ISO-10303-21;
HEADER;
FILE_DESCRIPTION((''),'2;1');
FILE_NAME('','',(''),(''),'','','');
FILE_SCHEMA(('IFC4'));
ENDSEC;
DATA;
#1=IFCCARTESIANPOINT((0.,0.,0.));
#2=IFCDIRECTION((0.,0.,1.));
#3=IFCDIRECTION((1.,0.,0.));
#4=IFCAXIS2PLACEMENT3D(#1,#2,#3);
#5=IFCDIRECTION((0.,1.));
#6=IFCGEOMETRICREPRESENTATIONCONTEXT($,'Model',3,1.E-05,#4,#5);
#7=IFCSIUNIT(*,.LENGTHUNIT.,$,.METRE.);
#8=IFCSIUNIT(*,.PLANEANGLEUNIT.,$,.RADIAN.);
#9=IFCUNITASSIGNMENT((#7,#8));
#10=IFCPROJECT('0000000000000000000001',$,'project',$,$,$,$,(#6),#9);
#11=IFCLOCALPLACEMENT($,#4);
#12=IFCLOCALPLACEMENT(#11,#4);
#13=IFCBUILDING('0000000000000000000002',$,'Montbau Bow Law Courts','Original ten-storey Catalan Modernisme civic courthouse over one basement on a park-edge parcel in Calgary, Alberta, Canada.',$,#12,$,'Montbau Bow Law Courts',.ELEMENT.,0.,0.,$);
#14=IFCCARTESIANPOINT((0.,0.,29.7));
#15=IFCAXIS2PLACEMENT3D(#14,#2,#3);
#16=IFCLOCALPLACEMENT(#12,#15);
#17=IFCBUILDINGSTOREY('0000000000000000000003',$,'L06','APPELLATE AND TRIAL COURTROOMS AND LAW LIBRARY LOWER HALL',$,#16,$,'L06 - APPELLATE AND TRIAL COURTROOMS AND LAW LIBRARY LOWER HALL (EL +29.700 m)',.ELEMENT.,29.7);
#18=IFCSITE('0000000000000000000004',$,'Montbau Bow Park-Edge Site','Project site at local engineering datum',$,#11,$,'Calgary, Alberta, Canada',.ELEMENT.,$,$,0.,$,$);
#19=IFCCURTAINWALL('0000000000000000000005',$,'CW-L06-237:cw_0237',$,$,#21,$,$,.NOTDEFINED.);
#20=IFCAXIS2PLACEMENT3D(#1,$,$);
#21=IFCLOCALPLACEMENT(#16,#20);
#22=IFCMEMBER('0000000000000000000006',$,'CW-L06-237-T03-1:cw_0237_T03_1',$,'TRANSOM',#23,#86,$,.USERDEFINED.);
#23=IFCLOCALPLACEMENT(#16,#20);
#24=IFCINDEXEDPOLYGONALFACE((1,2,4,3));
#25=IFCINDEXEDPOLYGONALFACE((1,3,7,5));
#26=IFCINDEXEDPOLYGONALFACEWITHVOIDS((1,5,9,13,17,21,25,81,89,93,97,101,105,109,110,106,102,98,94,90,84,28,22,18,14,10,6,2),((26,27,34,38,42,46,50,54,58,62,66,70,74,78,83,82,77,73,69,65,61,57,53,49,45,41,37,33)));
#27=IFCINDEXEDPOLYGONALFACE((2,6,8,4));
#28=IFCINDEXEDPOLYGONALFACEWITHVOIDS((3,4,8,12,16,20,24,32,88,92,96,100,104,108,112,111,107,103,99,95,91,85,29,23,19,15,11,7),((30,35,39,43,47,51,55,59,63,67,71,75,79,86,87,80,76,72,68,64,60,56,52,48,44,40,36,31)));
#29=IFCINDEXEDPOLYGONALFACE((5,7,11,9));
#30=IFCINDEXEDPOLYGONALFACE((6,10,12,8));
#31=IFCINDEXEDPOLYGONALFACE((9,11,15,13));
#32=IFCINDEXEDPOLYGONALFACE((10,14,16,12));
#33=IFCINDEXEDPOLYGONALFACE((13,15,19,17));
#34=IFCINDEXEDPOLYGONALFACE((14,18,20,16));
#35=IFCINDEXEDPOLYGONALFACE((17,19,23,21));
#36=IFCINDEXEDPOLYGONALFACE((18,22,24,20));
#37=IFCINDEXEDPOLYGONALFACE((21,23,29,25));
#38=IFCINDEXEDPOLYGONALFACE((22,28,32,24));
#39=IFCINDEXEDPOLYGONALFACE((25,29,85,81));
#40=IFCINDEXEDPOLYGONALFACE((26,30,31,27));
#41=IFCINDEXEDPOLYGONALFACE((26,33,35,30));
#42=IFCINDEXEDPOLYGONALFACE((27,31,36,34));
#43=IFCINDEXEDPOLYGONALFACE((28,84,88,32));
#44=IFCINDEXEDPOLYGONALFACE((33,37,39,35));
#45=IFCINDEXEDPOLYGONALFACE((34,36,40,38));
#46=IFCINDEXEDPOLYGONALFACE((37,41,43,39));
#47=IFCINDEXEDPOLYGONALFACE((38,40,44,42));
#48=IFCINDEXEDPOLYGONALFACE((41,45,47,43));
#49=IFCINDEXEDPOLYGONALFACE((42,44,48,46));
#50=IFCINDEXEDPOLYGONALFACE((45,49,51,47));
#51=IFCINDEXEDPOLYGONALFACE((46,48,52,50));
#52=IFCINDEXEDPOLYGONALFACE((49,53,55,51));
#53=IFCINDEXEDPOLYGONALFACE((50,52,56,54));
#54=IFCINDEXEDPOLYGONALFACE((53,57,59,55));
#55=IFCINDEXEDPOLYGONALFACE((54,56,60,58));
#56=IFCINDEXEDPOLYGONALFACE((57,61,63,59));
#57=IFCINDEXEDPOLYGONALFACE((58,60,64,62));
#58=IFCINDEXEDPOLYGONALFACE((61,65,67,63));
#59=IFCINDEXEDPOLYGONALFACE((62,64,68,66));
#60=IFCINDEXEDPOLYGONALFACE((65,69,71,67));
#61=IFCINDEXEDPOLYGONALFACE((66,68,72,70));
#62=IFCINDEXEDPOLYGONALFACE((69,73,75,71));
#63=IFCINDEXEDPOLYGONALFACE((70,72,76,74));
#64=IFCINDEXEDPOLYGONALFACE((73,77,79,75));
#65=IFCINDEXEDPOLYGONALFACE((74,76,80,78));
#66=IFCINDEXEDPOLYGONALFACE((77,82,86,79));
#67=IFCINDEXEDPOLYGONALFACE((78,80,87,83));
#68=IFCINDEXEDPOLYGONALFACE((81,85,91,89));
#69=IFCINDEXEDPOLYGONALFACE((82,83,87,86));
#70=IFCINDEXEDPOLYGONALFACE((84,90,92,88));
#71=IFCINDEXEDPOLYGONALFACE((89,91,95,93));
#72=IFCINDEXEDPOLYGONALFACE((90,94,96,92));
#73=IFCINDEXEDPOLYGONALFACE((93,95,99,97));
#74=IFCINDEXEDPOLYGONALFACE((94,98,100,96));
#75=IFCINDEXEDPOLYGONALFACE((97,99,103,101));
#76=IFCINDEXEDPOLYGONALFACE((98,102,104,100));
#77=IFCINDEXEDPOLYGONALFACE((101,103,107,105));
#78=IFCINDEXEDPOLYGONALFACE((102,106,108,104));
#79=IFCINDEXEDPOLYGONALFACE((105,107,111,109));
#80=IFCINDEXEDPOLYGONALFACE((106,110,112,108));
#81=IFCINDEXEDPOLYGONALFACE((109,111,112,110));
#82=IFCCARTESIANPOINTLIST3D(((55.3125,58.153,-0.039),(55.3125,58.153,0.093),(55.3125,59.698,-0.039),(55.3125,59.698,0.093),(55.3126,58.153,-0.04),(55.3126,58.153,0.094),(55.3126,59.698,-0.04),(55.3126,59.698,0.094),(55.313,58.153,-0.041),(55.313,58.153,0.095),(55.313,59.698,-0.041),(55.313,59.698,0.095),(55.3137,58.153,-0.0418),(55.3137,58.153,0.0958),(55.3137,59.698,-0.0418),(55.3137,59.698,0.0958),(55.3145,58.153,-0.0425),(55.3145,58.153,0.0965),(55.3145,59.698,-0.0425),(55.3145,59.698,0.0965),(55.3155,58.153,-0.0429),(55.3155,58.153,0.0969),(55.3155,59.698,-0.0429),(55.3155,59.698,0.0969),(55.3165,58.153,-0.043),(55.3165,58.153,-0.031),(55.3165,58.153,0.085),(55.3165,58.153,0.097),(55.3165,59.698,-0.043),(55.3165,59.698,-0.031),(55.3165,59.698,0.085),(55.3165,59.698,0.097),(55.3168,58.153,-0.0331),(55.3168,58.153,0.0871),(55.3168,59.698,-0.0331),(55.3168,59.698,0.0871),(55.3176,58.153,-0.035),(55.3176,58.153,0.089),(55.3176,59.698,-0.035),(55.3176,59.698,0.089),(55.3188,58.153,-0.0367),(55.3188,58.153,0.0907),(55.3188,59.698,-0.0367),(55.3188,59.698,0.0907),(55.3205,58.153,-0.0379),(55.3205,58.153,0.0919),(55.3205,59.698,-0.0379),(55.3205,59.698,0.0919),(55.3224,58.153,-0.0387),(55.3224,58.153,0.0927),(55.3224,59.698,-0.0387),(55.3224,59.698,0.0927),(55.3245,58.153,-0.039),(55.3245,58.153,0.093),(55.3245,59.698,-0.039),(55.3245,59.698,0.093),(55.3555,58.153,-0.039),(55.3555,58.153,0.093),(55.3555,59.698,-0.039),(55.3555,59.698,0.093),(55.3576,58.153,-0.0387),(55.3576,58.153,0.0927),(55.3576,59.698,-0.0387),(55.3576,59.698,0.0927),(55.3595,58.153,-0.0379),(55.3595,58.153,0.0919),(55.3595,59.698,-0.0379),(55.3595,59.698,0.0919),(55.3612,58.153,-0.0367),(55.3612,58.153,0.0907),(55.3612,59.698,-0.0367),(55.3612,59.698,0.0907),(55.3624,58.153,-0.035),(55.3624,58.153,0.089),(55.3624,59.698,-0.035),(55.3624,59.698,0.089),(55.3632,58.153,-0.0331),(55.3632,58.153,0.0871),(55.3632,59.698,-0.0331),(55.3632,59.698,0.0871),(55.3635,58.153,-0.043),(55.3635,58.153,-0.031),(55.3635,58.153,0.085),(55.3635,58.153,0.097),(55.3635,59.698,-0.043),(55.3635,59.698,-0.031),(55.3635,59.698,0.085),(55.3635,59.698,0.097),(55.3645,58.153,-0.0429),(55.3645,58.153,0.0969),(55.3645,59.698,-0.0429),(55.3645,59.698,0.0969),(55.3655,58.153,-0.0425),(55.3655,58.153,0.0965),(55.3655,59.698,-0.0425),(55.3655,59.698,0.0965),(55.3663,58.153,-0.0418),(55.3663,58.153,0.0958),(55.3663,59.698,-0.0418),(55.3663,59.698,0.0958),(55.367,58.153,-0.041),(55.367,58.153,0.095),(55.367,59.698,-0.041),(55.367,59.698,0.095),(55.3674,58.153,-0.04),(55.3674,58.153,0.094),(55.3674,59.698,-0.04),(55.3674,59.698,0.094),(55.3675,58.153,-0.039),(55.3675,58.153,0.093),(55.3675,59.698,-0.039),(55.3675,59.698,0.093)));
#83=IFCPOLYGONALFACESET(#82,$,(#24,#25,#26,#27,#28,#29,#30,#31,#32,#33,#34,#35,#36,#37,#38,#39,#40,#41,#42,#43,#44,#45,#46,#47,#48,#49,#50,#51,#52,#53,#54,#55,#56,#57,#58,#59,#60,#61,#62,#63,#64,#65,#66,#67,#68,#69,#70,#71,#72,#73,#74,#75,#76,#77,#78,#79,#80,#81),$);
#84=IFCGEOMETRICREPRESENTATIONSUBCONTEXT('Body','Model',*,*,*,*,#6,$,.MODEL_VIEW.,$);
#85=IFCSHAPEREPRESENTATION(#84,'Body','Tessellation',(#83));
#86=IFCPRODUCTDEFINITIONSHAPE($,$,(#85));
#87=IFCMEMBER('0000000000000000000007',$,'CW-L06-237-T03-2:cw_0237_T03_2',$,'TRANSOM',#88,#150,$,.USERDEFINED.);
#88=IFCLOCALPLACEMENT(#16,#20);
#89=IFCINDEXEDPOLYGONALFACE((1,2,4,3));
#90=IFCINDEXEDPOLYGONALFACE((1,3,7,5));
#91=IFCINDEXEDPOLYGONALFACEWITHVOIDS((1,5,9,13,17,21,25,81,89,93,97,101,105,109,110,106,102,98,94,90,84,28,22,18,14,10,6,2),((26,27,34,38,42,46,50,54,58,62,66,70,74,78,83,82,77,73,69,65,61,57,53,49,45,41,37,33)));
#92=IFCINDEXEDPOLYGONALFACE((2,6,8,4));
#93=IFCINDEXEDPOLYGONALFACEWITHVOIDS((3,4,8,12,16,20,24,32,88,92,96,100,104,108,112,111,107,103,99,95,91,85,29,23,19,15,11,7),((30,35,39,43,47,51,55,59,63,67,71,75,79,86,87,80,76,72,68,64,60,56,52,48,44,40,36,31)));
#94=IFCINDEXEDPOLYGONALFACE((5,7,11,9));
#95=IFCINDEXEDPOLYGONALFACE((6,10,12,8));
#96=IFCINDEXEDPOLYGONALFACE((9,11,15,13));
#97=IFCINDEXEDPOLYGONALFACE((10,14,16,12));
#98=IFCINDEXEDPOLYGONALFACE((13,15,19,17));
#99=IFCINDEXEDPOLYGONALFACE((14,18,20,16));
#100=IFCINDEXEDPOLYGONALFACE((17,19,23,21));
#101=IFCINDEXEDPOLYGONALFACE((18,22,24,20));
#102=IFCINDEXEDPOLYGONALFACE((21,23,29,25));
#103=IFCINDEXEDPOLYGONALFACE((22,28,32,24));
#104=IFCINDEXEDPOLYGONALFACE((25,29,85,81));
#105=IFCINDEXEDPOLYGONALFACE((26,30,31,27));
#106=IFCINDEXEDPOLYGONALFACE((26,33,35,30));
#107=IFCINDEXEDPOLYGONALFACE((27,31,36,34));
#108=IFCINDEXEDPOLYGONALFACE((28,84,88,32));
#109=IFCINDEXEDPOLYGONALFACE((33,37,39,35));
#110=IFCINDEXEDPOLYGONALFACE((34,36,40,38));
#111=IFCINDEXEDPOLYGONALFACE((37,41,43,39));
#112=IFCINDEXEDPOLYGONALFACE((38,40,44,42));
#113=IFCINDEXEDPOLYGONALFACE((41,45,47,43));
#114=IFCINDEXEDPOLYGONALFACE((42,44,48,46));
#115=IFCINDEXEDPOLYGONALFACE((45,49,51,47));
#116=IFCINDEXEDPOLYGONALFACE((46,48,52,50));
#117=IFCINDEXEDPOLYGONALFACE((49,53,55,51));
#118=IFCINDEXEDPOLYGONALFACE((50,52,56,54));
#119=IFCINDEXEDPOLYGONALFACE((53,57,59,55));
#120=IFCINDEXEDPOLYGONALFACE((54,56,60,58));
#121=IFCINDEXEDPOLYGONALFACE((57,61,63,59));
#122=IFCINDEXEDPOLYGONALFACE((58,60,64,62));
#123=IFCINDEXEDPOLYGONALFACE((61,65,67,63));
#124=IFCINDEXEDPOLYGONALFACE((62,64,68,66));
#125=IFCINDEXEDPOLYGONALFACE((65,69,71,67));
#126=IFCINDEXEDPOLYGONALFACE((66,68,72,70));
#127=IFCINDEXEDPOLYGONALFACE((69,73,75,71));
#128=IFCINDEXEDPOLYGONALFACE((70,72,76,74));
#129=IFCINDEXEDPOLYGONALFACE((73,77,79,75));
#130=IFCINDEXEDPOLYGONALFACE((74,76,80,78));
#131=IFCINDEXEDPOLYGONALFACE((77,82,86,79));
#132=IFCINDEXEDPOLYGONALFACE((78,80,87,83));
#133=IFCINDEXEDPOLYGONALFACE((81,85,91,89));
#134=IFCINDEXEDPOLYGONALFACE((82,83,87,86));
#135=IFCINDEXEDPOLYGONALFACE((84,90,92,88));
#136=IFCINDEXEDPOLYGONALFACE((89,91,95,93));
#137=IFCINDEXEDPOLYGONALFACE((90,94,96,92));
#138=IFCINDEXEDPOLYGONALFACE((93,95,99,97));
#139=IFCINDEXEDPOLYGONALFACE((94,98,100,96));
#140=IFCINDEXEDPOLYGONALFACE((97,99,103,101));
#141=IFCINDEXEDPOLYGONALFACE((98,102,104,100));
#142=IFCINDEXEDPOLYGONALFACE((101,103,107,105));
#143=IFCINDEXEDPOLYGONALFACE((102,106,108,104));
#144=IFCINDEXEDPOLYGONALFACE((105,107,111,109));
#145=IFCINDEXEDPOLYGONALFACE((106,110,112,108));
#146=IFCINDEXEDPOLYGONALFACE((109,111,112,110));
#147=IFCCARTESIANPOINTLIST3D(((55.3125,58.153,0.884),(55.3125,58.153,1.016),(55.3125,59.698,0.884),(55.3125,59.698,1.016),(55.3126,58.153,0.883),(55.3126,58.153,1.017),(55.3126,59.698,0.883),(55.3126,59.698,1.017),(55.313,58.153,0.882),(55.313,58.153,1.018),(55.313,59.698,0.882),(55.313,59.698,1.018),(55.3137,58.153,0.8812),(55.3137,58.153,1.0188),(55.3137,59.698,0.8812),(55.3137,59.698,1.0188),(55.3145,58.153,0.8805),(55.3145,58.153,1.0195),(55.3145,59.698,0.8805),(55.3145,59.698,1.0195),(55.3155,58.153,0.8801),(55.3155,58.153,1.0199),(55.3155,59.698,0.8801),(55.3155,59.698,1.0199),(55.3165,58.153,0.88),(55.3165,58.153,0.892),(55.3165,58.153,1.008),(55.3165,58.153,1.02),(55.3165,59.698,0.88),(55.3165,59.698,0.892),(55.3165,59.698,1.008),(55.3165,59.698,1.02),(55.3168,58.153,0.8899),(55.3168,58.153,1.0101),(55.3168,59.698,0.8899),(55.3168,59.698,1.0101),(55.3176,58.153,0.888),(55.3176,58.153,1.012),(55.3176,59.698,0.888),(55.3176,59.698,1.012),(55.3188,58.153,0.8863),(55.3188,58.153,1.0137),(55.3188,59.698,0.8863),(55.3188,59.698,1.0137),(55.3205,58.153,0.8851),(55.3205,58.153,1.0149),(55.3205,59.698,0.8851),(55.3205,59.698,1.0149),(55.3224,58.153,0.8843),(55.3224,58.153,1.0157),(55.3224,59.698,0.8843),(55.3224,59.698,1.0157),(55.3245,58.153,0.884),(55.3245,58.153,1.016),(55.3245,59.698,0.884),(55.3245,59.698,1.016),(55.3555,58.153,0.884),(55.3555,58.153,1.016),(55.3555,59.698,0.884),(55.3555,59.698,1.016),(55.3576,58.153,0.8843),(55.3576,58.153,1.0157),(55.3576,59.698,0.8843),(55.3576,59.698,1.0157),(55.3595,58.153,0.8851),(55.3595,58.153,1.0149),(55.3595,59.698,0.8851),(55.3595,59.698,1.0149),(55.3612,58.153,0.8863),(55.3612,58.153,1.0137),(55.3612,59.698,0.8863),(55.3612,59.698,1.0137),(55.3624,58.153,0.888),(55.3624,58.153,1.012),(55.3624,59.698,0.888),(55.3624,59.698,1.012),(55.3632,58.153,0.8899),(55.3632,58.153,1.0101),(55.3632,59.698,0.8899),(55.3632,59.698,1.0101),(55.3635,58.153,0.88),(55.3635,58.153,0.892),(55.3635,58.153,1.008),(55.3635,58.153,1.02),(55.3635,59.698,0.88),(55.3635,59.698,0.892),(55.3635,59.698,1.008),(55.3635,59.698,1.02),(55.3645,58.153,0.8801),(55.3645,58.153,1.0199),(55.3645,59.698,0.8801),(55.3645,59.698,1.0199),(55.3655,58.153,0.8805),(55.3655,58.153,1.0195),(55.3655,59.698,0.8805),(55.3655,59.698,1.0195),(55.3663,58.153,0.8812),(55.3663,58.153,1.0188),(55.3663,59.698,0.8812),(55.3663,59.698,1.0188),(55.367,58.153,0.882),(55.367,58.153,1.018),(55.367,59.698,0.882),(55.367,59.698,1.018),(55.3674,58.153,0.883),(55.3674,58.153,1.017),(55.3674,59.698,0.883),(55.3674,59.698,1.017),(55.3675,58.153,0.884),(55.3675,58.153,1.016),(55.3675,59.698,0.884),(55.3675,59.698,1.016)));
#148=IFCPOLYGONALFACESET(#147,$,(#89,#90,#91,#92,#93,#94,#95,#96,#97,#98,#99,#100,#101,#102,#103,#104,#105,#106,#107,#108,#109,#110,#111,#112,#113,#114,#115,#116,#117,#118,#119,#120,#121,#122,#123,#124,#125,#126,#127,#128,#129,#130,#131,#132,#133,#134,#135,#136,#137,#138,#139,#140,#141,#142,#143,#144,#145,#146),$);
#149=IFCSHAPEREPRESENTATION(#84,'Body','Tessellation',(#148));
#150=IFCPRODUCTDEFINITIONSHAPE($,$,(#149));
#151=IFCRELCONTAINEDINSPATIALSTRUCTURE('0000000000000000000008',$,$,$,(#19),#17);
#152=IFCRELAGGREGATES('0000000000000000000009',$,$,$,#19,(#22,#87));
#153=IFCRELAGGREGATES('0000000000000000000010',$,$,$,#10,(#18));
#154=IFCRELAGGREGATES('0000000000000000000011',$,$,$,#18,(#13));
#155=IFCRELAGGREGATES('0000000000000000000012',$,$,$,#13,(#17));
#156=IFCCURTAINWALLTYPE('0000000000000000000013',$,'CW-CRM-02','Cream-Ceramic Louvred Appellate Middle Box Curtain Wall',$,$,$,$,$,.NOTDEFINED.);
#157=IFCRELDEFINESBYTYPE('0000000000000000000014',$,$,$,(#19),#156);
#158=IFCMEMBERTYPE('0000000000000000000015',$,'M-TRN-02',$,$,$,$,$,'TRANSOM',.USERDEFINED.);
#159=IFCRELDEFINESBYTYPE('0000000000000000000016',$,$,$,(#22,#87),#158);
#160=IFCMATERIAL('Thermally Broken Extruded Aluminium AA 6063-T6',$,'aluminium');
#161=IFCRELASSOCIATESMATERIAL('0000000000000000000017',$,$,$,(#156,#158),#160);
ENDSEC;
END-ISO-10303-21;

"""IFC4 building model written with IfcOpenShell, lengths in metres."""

from ifc_helpers import new_model, si_unit, direction, frame, origin_with_axes, origin_2d_with_axis, place, context, subcontext, project, spatial, hollow_rectangle, extrude, material, material_profile, profile_set, type_object, element, aggregate, save


model = new_model("IFC4")

# Units and contexts
model_context = context("Model", 3, precision=1e-05, world=origin_with_axes(), true_north=direction((0.0, 1.0)))
body_context = subcontext(model_context, "Body", "Model", "MODEL_VIEW")
ifc_project = project(units=[si_unit("LENGTHUNIT", "METRE"), si_unit("PLANEANGLEUNIT", "RADIAN")], contexts=[model_context])

# Site, building, storey
site_placement = place(None, origin_with_axes())
site = spatial("IfcSite", under=ifc_project, at=site_placement, Name="Montbau Bow Park-Edge Site", Description="Project site at local engineering datum", LongName="Calgary, Alberta, Canada", CompositionType="ELEMENT", RefElevation=0.0)
building_placement = place(site_placement, origin_with_axes())
building = spatial("IfcBuilding", under=site, at=building_placement, Name="Montbau Bow Law Courts", Description="Original ten-storey Catalan Modernisme civic courthouse over one basement on a park-edge parcel in Calgary, Alberta, Canada.", LongName="Montbau Bow Law Courts", CompositionType="ELEMENT", ElevationOfRefHeight=0.0, ElevationOfTerrain=0.0)
storey_placement = place(building_placement, frame((0.0, 0.0, 29.7), z_axis=(0.0, 0.0, 1.0), x_axis=(1.0, 0.0, 0.0)))
storey = spatial("IfcBuildingStorey", under=building, at=storey_placement, Name="L06", Description="APPELLATE AND TRIAL COURTROOMS AND LAW LIBRARY LOWER HALL", LongName="L06 - APPELLATE AND TRIAL COURTROOMS AND LAW LIBRARY LOWER HALL (EL +29.700 m)", CompositionType="ELEMENT", Elevation=29.7)

# Curtain wall
ifc_material_1 = material(Name="Thermally Broken Extruded Aluminium AA 6063-T6", Category="aluminium")
curtain_wall_type = type_object("IfcCurtainWallType", Name="CW-CRM-02", Description="Cream-Ceramic Louvred Appellate Middle Box Curtain Wall", PredefinedType="NOTDEFINED", material=ifc_material_1)
curtain_wall_1_placement = place(None, frame((55.34, 54.868, 29.7), z_axis=(0.0, 0.0, 1.0), x_axis=(1.0, 0.0, 0.0)))
curtain_wall_1 = element("IfcCurtainWall", 1, at=curtain_wall_1_placement, inside=storey, type_object=curtain_wall_type, Name="CW-L06-237:cw_0237", PredefinedType="NOTDEFINED")

# Members
ifc_material_profile_1 = material_profile(ifc_material_1, hollow_rectangle(XDim=0.055, YDim=0.14, WallThickness=0.004, InnerFilletRadius=0.008, OuterFilletRadius=0.004, at=origin_2d_with_axis()), Name="CWT-140X55", Category="Main", Priority=0)
ifc_profile_set_1 = profile_set([ifc_material_profile_1], Name="Thermally Broken Extruded Aluminium AA 6063-T6")
member_type_1 = type_object("IfcMemberType", Name="M-TRN-02", ElementType="TRANSOM", PredefinedType="USERDEFINED", material=ifc_profile_set_1)
member_1_placement = place(None, frame((55.34, 58.153, 29.727), z_axis=(0.0, 1.0, 0.0), x_axis=(-1.0, 0.0, 0.0)))
member_1 = element("IfcMember", 2, at=member_1_placement, type_object=member_type_1, Name="CW-L06-237-T03-1:cw_0237_T03_1", ObjectType="TRANSOM", PredefinedType="USERDEFINED", context=body_context, shape_type="SweptSolid", body=[
    extrude(hollow_rectangle(XDim=0.055, YDim=0.14, WallThickness=0.004, InnerFilletRadius=0.008, OuterFilletRadius=0.004, at=origin_2d_with_axis()), origin_with_axes(), (0.0, 0.0, 1.0), 1.545),
])
member_2_placement = place(None, frame((55.34, 58.153, 30.65), z_axis=(0.0, 1.0, 0.0), x_axis=(-1.0, 0.0, 0.0)))
member_2 = element("IfcMember", 3, at=member_2_placement, type_object=member_type_1, Name="CW-L06-237-T03-2:cw_0237_T03_2", ObjectType="TRANSOM", PredefinedType="USERDEFINED", context=body_context, shape_type="SweptSolid", body=[
    extrude(hollow_rectangle(XDim=0.055, YDim=0.14, WallThickness=0.004, InnerFilletRadius=0.008, OuterFilletRadius=0.004, at=origin_2d_with_axis()), origin_with_axes(), (0.0, 0.0, 1.0), 1.545),
])

aggregate(curtain_wall_1, [member_1, member_2])

save(model, "model.ifc")
